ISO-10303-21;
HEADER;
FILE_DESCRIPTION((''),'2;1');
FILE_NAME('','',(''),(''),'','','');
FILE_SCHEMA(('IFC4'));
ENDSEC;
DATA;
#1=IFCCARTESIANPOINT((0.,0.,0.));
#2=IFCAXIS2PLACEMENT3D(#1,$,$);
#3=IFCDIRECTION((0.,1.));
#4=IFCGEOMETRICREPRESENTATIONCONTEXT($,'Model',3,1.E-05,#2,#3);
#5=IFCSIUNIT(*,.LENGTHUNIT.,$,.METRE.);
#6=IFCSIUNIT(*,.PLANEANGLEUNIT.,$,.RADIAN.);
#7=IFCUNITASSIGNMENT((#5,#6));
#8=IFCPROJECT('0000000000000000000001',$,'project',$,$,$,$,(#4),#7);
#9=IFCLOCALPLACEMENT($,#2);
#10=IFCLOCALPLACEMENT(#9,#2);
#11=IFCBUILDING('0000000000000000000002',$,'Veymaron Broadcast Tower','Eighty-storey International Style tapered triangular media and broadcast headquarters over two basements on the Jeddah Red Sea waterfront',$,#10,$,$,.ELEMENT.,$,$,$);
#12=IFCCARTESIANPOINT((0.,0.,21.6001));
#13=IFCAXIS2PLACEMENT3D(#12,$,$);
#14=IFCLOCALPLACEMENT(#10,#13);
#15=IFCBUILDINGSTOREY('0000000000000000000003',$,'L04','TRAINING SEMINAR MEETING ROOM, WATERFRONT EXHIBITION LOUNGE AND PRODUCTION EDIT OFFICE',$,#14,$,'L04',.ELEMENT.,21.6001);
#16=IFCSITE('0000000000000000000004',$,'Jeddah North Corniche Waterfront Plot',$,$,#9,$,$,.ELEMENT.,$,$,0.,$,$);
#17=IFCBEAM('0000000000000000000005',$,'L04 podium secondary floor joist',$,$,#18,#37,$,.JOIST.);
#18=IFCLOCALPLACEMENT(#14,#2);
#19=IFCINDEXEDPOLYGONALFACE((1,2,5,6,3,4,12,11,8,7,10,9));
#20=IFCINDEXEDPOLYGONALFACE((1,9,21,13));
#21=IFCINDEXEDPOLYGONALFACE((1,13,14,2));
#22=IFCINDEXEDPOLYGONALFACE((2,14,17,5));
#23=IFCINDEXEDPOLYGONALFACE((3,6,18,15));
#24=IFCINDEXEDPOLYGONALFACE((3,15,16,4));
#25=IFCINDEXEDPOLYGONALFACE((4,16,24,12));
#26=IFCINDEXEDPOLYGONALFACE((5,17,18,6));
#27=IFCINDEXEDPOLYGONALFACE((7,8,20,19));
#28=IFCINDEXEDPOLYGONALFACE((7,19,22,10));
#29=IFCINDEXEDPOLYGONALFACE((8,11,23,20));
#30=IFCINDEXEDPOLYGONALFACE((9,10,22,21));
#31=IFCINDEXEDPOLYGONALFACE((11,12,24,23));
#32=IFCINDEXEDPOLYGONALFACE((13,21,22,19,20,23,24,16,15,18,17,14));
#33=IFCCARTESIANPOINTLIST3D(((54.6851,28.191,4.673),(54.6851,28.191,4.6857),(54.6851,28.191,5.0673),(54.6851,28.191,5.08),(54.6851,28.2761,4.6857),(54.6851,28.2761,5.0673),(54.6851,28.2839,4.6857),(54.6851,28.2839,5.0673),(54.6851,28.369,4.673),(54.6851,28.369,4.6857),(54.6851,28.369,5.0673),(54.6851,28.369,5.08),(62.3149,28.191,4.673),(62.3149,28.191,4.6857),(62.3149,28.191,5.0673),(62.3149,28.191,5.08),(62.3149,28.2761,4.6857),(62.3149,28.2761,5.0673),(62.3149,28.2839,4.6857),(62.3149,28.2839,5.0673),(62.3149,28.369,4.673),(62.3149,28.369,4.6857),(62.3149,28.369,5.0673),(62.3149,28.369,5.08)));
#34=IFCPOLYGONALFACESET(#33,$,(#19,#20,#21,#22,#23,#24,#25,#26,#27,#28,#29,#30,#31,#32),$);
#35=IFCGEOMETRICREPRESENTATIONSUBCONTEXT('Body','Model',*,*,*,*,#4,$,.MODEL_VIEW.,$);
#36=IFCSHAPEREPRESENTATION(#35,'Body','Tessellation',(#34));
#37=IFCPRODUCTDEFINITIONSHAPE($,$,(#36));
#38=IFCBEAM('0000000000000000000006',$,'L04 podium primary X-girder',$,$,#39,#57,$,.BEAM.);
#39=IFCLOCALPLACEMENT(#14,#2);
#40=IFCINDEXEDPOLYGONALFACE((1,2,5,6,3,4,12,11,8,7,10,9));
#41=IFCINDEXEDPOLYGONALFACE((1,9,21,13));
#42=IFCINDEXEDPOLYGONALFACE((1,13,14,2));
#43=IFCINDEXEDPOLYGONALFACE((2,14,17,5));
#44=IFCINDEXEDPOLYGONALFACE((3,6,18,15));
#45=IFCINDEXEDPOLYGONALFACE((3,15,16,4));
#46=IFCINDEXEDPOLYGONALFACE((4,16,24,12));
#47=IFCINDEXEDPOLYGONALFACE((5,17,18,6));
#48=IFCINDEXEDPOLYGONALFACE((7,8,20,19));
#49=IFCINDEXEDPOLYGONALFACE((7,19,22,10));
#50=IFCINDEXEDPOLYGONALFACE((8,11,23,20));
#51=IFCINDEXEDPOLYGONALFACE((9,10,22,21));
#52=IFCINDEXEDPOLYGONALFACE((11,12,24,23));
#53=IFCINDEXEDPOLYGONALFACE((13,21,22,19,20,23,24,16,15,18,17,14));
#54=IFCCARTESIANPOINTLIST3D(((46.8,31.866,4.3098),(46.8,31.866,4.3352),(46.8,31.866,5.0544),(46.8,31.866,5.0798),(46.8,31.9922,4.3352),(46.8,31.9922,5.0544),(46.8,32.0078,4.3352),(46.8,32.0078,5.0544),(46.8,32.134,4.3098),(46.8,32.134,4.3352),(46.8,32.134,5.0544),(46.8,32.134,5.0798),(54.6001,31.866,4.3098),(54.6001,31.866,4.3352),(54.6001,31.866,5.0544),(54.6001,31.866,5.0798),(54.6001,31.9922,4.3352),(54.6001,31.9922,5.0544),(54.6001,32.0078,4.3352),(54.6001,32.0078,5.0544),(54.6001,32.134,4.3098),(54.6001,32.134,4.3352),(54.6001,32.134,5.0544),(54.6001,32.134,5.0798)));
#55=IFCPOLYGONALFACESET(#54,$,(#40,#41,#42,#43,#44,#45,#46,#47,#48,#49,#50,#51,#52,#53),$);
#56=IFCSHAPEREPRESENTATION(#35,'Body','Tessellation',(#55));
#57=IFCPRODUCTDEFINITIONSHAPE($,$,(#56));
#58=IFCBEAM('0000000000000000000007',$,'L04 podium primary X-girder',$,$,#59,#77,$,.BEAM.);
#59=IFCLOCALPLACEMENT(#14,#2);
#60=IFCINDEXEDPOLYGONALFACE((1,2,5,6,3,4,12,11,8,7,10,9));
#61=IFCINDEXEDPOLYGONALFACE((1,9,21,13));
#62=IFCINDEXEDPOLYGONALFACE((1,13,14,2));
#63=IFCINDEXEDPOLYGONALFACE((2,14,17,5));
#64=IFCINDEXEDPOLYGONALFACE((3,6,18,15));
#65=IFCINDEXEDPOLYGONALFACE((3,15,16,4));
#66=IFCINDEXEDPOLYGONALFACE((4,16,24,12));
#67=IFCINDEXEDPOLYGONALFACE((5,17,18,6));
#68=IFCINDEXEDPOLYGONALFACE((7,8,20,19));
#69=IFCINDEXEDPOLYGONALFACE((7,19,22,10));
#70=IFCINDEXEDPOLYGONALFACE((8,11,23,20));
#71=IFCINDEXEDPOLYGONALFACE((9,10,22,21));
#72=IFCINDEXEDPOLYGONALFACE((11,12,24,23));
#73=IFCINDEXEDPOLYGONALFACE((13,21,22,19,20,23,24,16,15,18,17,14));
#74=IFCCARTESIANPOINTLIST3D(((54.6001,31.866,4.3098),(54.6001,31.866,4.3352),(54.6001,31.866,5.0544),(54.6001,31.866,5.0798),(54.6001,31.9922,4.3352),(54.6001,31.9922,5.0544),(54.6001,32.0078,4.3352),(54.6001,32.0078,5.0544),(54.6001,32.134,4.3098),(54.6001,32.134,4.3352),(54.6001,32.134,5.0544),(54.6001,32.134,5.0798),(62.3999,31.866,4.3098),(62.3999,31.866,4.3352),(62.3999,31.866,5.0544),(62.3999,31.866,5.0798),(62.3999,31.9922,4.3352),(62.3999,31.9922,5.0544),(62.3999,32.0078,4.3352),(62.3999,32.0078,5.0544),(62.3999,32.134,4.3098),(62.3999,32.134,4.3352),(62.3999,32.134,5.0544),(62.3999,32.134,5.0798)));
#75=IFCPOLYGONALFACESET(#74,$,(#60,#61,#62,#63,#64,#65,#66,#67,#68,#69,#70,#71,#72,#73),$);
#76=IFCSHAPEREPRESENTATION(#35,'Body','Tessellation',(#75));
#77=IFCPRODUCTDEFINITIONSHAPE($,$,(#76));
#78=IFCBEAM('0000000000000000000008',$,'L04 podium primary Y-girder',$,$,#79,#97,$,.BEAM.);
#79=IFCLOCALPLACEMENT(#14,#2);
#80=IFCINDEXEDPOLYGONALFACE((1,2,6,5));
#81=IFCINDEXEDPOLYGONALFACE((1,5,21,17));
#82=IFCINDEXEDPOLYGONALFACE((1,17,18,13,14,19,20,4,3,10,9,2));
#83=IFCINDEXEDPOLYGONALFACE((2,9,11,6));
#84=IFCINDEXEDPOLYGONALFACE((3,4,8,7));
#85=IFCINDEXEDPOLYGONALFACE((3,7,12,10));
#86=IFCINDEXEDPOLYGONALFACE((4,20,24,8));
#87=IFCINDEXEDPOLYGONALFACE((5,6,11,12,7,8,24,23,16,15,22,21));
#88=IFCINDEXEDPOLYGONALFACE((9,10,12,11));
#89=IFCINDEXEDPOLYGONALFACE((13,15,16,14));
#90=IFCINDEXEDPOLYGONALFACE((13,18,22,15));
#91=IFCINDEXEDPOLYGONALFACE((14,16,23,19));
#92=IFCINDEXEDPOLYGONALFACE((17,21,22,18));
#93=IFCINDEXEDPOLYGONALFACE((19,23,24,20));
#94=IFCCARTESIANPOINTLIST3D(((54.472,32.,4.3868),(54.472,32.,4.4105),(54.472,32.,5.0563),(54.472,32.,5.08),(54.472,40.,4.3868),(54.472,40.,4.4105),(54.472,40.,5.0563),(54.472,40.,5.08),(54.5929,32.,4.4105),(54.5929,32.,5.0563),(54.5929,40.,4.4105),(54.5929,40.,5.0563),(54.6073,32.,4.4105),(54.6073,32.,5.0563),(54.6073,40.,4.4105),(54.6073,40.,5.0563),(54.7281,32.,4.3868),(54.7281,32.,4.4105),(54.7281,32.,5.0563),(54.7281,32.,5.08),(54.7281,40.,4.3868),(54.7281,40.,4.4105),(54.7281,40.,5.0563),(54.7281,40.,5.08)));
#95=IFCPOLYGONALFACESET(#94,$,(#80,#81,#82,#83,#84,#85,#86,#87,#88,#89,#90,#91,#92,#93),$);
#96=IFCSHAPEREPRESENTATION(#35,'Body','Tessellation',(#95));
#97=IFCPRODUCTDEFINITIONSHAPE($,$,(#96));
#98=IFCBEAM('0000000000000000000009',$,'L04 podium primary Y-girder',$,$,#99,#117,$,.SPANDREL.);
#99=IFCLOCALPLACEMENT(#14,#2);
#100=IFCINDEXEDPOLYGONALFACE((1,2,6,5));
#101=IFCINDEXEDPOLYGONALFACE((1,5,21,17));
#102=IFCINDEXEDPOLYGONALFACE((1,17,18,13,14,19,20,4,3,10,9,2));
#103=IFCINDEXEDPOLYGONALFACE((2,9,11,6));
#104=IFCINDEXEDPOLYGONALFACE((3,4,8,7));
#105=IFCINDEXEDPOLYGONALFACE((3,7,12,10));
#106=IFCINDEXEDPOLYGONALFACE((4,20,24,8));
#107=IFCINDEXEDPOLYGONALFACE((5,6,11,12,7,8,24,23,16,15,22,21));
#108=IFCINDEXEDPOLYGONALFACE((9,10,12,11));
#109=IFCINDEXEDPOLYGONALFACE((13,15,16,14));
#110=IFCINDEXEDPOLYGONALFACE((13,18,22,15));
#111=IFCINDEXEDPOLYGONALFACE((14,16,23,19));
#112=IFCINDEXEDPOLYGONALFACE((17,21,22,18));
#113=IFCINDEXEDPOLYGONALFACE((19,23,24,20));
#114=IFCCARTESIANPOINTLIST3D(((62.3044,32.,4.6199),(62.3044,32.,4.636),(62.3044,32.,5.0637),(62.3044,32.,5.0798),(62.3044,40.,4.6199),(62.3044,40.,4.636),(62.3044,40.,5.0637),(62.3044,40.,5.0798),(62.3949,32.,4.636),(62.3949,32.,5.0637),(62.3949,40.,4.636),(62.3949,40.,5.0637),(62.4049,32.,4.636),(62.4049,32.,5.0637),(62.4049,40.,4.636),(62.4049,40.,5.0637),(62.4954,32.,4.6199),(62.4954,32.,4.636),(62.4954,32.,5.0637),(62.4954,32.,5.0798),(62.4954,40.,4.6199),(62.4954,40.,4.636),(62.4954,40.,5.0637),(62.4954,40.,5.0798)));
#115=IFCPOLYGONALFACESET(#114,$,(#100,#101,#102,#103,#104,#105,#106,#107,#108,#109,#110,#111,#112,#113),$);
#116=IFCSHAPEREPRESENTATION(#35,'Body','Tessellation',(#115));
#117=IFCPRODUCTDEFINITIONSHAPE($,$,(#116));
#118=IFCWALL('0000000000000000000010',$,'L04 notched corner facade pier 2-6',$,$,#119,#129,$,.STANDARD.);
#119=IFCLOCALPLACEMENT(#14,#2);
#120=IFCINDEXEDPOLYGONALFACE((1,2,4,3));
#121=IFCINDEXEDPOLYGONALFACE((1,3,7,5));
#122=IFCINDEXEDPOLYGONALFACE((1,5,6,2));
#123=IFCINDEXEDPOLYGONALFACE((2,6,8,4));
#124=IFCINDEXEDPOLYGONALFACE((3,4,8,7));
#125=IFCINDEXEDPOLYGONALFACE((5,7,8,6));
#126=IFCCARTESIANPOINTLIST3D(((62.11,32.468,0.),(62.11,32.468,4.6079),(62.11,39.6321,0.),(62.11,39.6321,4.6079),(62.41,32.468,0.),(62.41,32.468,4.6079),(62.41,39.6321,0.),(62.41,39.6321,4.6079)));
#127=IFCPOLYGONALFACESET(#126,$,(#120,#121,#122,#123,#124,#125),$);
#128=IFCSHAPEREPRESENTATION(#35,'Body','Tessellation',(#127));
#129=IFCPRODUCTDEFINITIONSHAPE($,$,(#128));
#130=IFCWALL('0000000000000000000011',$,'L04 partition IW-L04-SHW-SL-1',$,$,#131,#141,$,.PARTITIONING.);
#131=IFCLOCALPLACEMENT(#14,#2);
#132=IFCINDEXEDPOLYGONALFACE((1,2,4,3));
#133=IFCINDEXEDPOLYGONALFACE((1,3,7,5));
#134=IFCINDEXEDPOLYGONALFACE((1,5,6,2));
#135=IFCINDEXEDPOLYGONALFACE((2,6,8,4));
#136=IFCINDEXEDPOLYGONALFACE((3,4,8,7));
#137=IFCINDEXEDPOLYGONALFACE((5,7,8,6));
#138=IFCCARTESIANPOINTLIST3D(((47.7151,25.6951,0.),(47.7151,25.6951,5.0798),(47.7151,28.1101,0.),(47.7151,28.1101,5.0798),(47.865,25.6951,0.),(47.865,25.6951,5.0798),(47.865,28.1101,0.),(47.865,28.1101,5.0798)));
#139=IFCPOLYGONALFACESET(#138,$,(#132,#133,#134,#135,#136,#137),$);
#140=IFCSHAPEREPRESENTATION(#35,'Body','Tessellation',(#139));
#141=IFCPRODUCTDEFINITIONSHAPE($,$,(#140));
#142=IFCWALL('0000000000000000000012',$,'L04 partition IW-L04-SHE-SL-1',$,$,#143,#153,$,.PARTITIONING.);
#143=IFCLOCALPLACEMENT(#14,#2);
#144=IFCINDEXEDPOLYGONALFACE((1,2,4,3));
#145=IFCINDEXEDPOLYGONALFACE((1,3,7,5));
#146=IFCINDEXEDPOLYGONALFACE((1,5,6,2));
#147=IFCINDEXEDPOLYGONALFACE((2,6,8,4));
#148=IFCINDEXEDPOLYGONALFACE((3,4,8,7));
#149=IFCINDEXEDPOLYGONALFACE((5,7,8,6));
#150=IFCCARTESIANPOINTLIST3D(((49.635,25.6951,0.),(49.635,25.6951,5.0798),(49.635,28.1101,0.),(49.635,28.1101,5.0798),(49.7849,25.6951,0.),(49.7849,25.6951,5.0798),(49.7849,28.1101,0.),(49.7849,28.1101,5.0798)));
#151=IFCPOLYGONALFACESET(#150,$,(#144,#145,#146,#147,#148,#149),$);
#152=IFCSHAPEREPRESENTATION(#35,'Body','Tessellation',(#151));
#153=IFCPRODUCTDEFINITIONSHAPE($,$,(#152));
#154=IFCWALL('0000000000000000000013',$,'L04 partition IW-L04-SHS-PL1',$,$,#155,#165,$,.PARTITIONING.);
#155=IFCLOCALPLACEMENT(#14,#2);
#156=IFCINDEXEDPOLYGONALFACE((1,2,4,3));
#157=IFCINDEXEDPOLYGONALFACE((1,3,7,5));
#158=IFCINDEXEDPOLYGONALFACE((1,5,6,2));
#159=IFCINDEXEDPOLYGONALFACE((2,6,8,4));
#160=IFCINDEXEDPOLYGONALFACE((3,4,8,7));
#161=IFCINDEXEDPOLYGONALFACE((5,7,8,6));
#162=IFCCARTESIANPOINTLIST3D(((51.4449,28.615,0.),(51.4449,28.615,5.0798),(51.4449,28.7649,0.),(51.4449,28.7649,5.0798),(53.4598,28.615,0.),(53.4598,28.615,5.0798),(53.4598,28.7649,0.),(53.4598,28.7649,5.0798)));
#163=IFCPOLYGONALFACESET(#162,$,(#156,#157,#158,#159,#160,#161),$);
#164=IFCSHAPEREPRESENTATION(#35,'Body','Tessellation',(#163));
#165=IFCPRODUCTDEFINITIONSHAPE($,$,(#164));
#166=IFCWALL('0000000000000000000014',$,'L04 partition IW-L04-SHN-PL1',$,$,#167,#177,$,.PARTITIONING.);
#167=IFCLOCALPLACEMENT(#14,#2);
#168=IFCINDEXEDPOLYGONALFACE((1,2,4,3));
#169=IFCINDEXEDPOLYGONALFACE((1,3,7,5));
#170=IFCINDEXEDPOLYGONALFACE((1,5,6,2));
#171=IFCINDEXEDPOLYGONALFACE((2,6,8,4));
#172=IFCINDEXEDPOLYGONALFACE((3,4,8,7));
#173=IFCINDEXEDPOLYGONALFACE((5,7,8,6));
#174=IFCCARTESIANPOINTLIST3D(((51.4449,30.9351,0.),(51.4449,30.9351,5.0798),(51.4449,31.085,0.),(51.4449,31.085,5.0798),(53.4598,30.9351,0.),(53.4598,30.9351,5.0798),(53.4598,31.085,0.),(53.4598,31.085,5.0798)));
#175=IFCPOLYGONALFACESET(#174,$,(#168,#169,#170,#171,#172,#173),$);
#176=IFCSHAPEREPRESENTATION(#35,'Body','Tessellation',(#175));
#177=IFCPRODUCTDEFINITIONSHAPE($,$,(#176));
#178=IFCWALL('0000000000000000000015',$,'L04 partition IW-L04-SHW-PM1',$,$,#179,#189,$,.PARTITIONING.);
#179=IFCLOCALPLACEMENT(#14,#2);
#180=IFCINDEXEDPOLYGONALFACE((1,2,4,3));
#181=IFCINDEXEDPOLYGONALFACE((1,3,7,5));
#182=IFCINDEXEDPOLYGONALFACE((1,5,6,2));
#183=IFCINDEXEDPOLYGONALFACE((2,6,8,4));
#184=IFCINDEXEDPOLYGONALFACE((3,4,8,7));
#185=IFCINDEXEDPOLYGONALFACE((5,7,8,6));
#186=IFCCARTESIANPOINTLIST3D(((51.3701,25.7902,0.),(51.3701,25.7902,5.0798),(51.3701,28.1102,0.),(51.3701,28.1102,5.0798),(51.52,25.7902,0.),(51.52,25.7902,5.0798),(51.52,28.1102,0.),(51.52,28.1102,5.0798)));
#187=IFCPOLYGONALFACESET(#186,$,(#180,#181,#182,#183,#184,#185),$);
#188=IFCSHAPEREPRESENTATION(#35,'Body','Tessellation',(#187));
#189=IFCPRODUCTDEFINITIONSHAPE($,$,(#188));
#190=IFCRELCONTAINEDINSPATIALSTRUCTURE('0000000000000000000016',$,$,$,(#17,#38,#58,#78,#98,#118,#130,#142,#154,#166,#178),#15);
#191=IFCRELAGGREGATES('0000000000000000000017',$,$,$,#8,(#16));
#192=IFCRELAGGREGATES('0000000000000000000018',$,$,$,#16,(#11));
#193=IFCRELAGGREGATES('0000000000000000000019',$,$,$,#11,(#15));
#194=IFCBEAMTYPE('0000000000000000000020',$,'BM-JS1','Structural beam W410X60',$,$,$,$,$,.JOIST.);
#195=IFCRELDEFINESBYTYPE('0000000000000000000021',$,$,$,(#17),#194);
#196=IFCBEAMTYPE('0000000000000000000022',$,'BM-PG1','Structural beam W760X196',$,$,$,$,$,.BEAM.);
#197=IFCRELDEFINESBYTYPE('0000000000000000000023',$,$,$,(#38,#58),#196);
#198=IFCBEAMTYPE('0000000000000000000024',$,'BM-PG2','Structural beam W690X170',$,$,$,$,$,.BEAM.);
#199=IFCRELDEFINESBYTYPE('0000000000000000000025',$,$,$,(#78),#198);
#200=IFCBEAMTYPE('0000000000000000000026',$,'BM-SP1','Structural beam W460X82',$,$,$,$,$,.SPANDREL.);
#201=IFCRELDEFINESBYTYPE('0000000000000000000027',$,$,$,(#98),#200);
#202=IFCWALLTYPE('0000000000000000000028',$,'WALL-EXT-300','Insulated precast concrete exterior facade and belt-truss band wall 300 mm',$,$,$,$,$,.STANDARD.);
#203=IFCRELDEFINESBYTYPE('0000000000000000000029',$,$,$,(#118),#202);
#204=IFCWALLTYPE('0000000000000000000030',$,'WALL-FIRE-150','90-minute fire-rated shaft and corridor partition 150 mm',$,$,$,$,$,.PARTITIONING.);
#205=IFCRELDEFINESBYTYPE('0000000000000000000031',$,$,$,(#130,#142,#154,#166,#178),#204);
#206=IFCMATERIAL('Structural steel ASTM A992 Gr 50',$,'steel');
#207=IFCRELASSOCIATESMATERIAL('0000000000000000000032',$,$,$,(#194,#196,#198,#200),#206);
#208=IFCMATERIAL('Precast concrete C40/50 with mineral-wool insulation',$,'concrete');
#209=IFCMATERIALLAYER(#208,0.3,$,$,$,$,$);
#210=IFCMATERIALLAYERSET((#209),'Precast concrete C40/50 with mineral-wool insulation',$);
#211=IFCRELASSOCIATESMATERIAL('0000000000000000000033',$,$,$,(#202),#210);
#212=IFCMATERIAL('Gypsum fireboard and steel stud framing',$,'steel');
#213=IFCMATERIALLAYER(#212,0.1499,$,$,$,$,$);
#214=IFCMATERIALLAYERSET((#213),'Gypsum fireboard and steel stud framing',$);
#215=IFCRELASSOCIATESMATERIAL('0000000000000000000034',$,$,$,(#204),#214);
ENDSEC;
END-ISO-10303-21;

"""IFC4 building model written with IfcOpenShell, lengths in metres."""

from ifc_helpers import new_model, si_unit, direction, frame, frame_2d, origin, origin_2d, place, context, subcontext, project, spatial, rectangle, i_section, extrude, material, layer, layer_set, material_profile, profile_set, type_object, element, save


model = new_model("IFC4")

# Units and contexts
model_context = context("Model", 3, precision=1e-05, world=origin(), true_north=direction((0.0, 1.0)))
body_context = subcontext(model_context, "Body", "Model", "MODEL_VIEW")
ifc_project = project(units=[si_unit("LENGTHUNIT", "METRE"), si_unit("PLANEANGLEUNIT", "RADIAN")], contexts=[model_context])

# Site, building, storey
site_placement = place(None, origin())
site = spatial("IfcSite", under=ifc_project, at=site_placement, Name="Jeddah North Corniche Waterfront Plot", CompositionType="ELEMENT", RefElevation=0.0)
building_placement = place(site_placement, origin())
building = spatial("IfcBuilding", under=site, at=building_placement, Name="Veymaron Broadcast Tower", Description="Eighty-storey International Style tapered triangular media and broadcast headquarters over two basements on the Jeddah Red Sea waterfront", CompositionType="ELEMENT")
storey_placement = place(building_placement, frame((0.0, 0.0, 21.6001)))
storey = spatial("IfcBuildingStorey", under=building, at=storey_placement, Name="L04", Description="TRAINING SEMINAR MEETING ROOM, WATERFRONT EXHIBITION LOUNGE AND PRODUCTION EDIT OFFICE", LongName="L04", CompositionType="ELEMENT", Elevation=21.6001)

# Shared definitions
ifc_material_1 = material(Name="Structural steel ASTM A992 Gr 50", Category="steel")

# Beams
ifc_material_profile_1 = material_profile(ifc_material_1, i_section(OverallWidth=0.178, OverallDepth=0.407, WebThickness=0.0078, FlangeThickness=0.0127, at=origin_2d()), Name="W410X60")
ifc_profile_set_1 = profile_set([ifc_material_profile_1], Name="Structural steel ASTM A992 Gr 50")
beam_type_1 = type_object("IfcBeamType", Name="BM-JS1", Description="Structural beam W410X60", PredefinedType="JOIST", material=ifc_profile_set_1)
beam_1_placement = place(storey_placement, frame((54.6851, 28.28, 4.8765), z_axis=(1.0, 0.0, 0.0), x_axis=(0.0, 1.0, 0.0)))
element("IfcBeam", 1, at=beam_1_placement, inside=storey, type_object=beam_type_1, Name="L04 podium secondary floor joist", PredefinedType="JOIST", context=body_context, shape_type="SweptSolid", body=[
    extrude(i_section(OverallWidth=0.178, OverallDepth=0.407, WebThickness=0.0078, FlangeThickness=0.0127, at=origin_2d()), origin(), (0.0, 0.0, 1.0), 7.6299),
])
ifc_material_profile_2 = material_profile(ifc_material_1, i_section(OverallWidth=0.2681, OverallDepth=0.77, WebThickness=0.0156, FlangeThickness=0.0254, at=origin_2d()), Name="W760X196")
ifc_profile_set_2 = profile_set([ifc_material_profile_2], Name="Structural steel ASTM A992 Gr 50")
beam_type_2 = type_object("IfcBeamType", Name="BM-PG1", Description="Structural beam W760X196", PredefinedType="BEAM", material=ifc_profile_set_2)
beam_2_placement = place(storey_placement, frame((46.8, 32.0, 4.6948), z_axis=(1.0, 0.0, 0.0), x_axis=(0.0, 1.0, 0.0)))
element("IfcBeam", 2, at=beam_2_placement, inside=storey, type_object=beam_type_2, Name="L04 podium primary X-girder", PredefinedType="BEAM", context=body_context, shape_type="SweptSolid", body=[
    extrude(i_section(OverallWidth=0.2681, OverallDepth=0.77, WebThickness=0.0156, FlangeThickness=0.0254, at=origin_2d()), origin(), (0.0, 0.0, 1.0), 7.8),
])
beam_3_placement = place(storey_placement, frame((54.6001, 32.0, 4.6948), z_axis=(1.0, 0.0, 0.0), x_axis=(0.0, 1.0, 0.0)))
element("IfcBeam", 3, at=beam_3_placement, inside=storey, type_object=beam_type_2, Name="L04 podium primary X-girder", PredefinedType="BEAM", context=body_context, shape_type="SweptSolid", body=[
    extrude(i_section(OverallWidth=0.2681, OverallDepth=0.77, WebThickness=0.0156, FlangeThickness=0.0254, at=origin_2d()), origin(), (0.0, 0.0, 1.0), 7.7998),
])
ifc_material_profile_3 = material_profile(ifc_material_1, i_section(OverallWidth=0.2561, OverallDepth=0.6931, WebThickness=0.0144, FlangeThickness=0.0237, at=origin_2d()), Name="W690X170")
ifc_profile_set_3 = profile_set([ifc_material_profile_3], Name="Structural steel ASTM A992 Gr 50")
beam_type_3 = type_object("IfcBeamType", Name="BM-PG2", Description="Structural beam W690X170", PredefinedType="BEAM", material=ifc_profile_set_3)
beam_4_placement = place(storey_placement, frame((54.6001, 32.0, 4.7334), z_axis=(0.0, 1.0, 0.0), x_axis=(-1.0, 0.0, 0.0)))
element("IfcBeam", 4, at=beam_4_placement, inside=storey, type_object=beam_type_3, Name="L04 podium primary Y-girder", PredefinedType="BEAM", context=body_context, shape_type="SweptSolid", body=[
    extrude(i_section(OverallWidth=0.2561, OverallDepth=0.6931, WebThickness=0.0144, FlangeThickness=0.0237, at=origin_2d()), origin(), (0.0, 0.0, 1.0), 8.0),
])
ifc_material_profile_4 = material_profile(ifc_material_1, i_section(OverallWidth=0.1909, OverallDepth=0.46, WebThickness=0.01, FlangeThickness=0.0161, at=origin_2d()), Name="W460X82")
ifc_profile_set_4 = profile_set([ifc_material_profile_4], Name="Structural steel ASTM A992 Gr 50")
beam_type_4 = type_object("IfcBeamType", Name="BM-SP1", Description="Structural beam W460X82", PredefinedType="SPANDREL", material=ifc_profile_set_4)
beam_5_placement = place(storey_placement, frame((62.3999, 32.0, 4.8499), z_axis=(0.0, 1.0, 0.0), x_axis=(-1.0, 0.0, 0.0)))
element("IfcBeam", 5, at=beam_5_placement, inside=storey, type_object=beam_type_4, Name="L04 podium primary Y-girder", PredefinedType="SPANDREL", context=body_context, shape_type="SweptSolid", body=[
    extrude(i_section(OverallWidth=0.1909, OverallDepth=0.46, WebThickness=0.01, FlangeThickness=0.0161, at=origin_2d()), origin(), (0.0, 0.0, 1.0), 8.0),
])

# Wall
ifc_material_2 = material(Name="Precast concrete C40/50 with mineral-wool insulation", Category="concrete")
ifc_layer_1 = layer(ifc_material_2, 0.3)
ifc_layer_set_1 = layer_set([ifc_layer_1], Name="Precast concrete C40/50 with mineral-wool insulation")
wall_type_1 = type_object("IfcWallType", Name="WALL-EXT-300", Description="Insulated precast concrete exterior facade and belt-truss band wall 300 mm", PredefinedType="STANDARD", material=ifc_layer_set_1)
wall_1_placement = place(storey_placement, frame((62.26, 32.468, 0.0), z_axis=(0.0, 0.0, 1.0), x_axis=(0.0, 1.0, 0.0)))
element("IfcWall", 6, at=wall_1_placement, inside=storey, type_object=wall_type_1, Name="L04 notched corner facade pier 2-6", PredefinedType="STANDARD", context=body_context, shape_type="SweptSolid", body=[
    extrude(rectangle(XDim=7.1641, YDim=0.3, at=frame_2d((3.582, 0.0))), origin(), (0.0, 0.0, 1.0), 4.6079),
])

# Shared definitions
ifc_material_3 = material(Name="Gypsum fireboard and steel stud framing", Category="steel")
ifc_layer_2 = layer(ifc_material_3, 0.1499)
ifc_layer_set_2 = layer_set([ifc_layer_2], Name="Gypsum fireboard and steel stud framing")
wall_type_2 = type_object("IfcWallType", Name="WALL-FIRE-150", Description="90-minute fire-rated shaft and corridor partition 150 mm", PredefinedType="PARTITIONING", material=ifc_layer_set_2)

# Walls
for number, where, z_axis, x_axis, name in (
    (7, (47.79, 25.6951, 0.0), (0.0, 0.0, 1.0), (0.0, 1.0, 0.0), "L04 partition IW-L04-SHW-SL-1"),
    (8, (49.71, 25.6951, 0.0), (0.0, 0.0, 1.0), (0.0, 1.0, 0.0), "L04 partition IW-L04-SHE-SL-1"),
):
    element("IfcWall", number, at=place(storey_placement, frame(where, z_axis=z_axis, x_axis=x_axis)), inside=storey, type_object=wall_type_2, Name=name, PredefinedType="PARTITIONING", context=body_context, shape_type="SweptSolid", body=[
        extrude(rectangle(XDim=2.415, YDim=0.1499, at=frame_2d((1.2075, 0.0))), origin(), (0.0, 0.0, 1.0), 5.0798),
    ])

# Walls
for number, where, z_axis, x_axis, name in (
    (9, (51.4451, 28.6899, 0.0), (0.0, 0.0, 1.0), (1.0, 0.0, 0.0), "L04 partition IW-L04-SHS-PL1"),
    (10, (51.4451, 31.01, 0.0), (0.0, 0.0, 1.0), (1.0, 0.0, 0.0), "L04 partition IW-L04-SHN-PL1"),
):
    element("IfcWall", number, at=place(storey_placement, frame(where, z_axis=z_axis, x_axis=x_axis)), inside=storey, type_object=wall_type_2, Name=name, PredefinedType="PARTITIONING", context=body_context, shape_type="SweptSolid", body=[
        extrude(rectangle(XDim=2.0149, YDim=0.1499, at=frame_2d((1.0073, 0.0))), origin(), (0.0, 0.0, 1.0), 5.0798),
    ])
wall_2_placement = place(storey_placement, frame((51.4451, 25.79, 0.0), z_axis=(0.0, 0.0, 1.0), x_axis=(0.0, 1.0, 0.0)))
element("IfcWall", 11, at=wall_2_placement, inside=storey, type_object=wall_type_2, Name="L04 partition IW-L04-SHW-PM1", PredefinedType="PARTITIONING", context=body_context, shape_type="SweptSolid", body=[
    extrude(rectangle(XDim=2.3201, YDim=0.1499, at=frame_2d((1.1602, 0.0))), origin(), (0.0, 0.0, 1.0), 5.0798),
])

save(model, "model.ifc")
